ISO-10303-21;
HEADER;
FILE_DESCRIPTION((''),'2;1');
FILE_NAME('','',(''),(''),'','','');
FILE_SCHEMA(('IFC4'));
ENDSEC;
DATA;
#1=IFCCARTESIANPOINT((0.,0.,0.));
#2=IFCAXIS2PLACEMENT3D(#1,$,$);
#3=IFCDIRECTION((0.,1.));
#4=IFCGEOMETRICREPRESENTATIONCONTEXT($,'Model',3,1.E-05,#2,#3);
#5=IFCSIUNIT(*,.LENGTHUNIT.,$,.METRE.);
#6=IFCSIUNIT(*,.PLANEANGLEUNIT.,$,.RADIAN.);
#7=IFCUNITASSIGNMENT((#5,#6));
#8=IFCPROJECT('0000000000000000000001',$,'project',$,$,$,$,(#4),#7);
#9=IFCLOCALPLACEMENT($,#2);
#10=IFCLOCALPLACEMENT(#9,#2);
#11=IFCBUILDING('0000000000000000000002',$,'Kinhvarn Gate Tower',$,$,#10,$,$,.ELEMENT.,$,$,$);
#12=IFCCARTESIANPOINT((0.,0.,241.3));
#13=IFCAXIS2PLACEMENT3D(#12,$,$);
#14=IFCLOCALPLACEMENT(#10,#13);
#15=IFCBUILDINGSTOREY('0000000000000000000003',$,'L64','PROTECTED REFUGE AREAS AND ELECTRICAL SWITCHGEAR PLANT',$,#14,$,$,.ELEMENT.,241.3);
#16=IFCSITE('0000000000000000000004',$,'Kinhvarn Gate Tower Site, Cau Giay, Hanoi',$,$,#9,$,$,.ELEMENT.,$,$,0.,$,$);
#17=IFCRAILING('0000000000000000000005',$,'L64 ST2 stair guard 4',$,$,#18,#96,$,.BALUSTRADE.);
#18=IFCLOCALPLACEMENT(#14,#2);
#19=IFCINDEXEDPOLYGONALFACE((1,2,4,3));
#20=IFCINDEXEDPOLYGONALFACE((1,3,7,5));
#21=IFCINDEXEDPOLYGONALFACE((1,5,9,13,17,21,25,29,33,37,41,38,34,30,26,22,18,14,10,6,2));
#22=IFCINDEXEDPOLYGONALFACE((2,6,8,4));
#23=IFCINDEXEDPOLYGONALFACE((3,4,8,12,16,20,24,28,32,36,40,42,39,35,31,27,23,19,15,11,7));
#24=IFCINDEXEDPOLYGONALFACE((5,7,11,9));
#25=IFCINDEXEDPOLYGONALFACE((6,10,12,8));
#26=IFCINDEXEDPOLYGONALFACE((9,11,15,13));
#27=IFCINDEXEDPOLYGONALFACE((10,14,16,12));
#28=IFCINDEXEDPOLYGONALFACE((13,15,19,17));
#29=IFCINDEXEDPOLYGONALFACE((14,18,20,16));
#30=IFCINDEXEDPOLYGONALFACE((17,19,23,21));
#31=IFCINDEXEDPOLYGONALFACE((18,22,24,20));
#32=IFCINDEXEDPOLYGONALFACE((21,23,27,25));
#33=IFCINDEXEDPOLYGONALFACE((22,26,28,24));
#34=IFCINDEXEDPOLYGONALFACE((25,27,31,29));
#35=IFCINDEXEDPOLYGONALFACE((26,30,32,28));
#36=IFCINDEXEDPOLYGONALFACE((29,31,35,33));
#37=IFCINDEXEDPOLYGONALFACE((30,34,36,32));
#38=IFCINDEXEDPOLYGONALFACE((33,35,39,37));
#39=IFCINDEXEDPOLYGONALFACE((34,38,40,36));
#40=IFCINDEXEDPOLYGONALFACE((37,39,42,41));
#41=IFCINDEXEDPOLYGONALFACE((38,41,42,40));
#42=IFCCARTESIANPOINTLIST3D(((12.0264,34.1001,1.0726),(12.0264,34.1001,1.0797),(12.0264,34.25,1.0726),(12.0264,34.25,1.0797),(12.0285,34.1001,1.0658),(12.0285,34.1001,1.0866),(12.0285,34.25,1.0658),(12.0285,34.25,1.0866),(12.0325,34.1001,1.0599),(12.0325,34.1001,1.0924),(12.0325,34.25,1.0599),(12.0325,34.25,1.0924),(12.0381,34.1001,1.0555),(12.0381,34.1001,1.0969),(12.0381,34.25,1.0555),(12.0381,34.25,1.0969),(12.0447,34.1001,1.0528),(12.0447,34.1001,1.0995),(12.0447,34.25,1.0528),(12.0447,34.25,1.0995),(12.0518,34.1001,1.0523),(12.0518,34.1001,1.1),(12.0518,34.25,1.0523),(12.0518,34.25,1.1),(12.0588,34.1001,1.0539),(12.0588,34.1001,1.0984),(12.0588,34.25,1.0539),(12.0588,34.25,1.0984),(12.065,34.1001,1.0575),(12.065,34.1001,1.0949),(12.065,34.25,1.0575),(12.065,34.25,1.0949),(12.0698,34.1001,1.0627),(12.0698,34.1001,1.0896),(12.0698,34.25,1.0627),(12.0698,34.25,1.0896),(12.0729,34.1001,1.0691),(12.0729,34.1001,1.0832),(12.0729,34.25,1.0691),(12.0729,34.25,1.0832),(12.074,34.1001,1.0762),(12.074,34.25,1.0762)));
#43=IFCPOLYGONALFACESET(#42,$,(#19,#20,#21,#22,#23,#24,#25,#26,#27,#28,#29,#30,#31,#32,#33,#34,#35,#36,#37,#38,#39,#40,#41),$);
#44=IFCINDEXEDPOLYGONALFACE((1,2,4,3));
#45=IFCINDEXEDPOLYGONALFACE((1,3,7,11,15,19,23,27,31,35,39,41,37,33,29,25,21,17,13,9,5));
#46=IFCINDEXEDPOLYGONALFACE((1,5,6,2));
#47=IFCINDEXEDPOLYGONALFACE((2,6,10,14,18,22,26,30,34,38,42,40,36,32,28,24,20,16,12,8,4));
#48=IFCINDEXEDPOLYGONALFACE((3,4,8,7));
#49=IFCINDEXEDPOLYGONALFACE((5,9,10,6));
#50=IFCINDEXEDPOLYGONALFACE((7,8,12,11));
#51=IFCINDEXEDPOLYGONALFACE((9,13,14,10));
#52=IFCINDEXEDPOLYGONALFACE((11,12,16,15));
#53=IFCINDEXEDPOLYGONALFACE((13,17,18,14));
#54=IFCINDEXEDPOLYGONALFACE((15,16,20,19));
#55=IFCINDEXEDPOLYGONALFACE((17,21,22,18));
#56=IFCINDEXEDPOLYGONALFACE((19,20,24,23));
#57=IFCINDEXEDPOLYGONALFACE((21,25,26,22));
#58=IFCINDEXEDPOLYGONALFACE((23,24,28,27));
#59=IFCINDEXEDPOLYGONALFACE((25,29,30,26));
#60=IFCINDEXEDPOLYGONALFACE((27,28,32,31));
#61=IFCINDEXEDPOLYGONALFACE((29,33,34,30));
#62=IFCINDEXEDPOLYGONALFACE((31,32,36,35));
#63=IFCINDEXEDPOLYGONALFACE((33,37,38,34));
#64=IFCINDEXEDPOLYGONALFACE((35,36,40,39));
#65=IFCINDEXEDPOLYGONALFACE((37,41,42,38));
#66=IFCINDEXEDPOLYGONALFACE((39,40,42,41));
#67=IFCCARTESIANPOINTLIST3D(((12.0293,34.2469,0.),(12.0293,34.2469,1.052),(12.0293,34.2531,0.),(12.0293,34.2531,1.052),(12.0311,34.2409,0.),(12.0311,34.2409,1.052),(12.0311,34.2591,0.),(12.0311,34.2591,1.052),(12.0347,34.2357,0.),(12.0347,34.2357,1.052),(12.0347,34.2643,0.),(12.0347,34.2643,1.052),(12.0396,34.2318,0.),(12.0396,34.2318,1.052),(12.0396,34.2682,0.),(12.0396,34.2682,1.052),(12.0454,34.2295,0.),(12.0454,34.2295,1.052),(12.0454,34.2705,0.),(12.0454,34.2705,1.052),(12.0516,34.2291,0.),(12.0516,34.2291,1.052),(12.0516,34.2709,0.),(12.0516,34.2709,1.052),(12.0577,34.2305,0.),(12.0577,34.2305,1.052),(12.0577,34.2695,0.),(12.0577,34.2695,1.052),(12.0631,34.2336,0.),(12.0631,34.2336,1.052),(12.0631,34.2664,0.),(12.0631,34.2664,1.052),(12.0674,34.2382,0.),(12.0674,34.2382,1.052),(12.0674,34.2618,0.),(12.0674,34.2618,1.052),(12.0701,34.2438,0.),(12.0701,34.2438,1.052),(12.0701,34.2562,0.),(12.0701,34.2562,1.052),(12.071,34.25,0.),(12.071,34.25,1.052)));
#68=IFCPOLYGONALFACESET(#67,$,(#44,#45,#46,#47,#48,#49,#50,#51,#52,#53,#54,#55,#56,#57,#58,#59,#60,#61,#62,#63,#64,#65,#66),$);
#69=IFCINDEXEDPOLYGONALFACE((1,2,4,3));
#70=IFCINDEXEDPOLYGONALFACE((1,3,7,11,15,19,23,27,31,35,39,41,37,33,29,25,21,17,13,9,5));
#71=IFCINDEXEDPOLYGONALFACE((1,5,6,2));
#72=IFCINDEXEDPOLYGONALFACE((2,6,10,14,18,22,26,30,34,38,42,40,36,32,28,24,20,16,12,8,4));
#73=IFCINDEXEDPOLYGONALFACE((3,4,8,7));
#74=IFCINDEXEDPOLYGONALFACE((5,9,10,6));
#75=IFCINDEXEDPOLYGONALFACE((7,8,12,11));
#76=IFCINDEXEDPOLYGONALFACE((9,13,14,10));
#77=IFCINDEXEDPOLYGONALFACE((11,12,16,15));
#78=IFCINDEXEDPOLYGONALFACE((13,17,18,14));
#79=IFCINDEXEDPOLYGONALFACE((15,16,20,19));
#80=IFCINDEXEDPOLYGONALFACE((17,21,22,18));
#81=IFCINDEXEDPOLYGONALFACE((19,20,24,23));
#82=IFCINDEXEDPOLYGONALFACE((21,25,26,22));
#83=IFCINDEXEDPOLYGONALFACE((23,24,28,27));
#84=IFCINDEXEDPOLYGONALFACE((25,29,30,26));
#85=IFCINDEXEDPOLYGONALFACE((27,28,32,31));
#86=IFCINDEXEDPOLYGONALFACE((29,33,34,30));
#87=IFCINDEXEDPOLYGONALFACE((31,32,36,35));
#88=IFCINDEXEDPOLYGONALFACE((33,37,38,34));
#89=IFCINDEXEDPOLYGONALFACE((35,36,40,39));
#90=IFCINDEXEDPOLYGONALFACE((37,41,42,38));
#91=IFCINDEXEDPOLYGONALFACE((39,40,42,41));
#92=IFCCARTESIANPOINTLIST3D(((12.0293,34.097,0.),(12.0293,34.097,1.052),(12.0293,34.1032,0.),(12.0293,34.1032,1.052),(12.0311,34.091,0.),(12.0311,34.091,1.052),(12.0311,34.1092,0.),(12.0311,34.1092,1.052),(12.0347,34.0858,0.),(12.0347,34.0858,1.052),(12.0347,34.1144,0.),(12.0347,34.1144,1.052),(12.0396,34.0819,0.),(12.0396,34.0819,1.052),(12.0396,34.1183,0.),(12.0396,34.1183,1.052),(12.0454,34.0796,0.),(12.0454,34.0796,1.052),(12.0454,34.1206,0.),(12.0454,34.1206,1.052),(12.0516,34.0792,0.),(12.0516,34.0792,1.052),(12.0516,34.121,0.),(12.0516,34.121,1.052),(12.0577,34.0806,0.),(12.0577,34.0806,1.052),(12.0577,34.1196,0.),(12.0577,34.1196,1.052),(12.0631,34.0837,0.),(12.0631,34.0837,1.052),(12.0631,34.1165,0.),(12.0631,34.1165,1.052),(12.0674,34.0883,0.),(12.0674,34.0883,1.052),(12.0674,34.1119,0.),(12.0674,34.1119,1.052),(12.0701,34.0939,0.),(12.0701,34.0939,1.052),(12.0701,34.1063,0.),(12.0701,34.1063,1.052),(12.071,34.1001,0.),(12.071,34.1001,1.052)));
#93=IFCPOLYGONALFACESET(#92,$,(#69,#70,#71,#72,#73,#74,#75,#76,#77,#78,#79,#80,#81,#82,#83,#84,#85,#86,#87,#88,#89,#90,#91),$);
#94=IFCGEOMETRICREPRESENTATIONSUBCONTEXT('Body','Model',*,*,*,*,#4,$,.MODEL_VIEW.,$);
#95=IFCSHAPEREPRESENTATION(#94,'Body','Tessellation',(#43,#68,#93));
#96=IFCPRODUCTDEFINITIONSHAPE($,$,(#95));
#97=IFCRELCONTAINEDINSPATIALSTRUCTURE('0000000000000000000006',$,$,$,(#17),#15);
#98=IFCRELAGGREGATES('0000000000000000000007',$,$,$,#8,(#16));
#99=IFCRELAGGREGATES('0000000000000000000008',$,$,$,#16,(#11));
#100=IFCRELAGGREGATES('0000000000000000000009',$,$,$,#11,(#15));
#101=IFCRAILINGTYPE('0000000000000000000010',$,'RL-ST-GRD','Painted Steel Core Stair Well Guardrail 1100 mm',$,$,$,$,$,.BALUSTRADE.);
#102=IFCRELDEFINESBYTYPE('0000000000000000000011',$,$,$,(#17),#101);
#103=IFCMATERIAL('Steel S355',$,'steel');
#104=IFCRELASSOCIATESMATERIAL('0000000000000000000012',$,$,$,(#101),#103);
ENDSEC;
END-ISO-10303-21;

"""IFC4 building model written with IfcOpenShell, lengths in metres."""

from ifc_helpers import new_model, si_unit, direction, frame, origin, origin_2d, place, context, subcontext, project, spatial, circle, extrude, material, type_object, element, save


model = new_model("IFC4")

# Units and contexts
model_context = context("Model", 3, precision=1e-05, world=origin(), true_north=direction((0.0, 1.0)))
body_context = subcontext(model_context, "Body", "Model", "MODEL_VIEW")
ifc_project = project(units=[si_unit("LENGTHUNIT", "METRE"), si_unit("PLANEANGLEUNIT", "RADIAN")], contexts=[model_context])

# Site, building, storey
site_placement = place(None, origin())
site = spatial("IfcSite", under=ifc_project, at=site_placement, Name="Kinhvarn Gate Tower Site, Cau Giay, Hanoi", CompositionType="ELEMENT", RefElevation=0.0)
building_placement = place(site_placement, origin())
building = spatial("IfcBuilding", under=site, at=building_placement, Name="Kinhvarn Gate Tower", CompositionType="ELEMENT")
storey_placement = place(building_placement, frame((0.0, 0.0, 241.3)))
storey = spatial("IfcBuildingStorey", under=building, at=storey_placement, Name="L64", Description="PROTECTED REFUGE AREAS AND ELECTRICAL SWITCHGEAR PLANT", CompositionType="ELEMENT", Elevation=241.3)

# Shared definitions
ifc_material_1 = material(Name="Steel S355", Category="steel")

# Railing
railing_type_1 = type_object("IfcRailingType", Name="RL-ST-GRD", Description="Painted Steel Core Stair Well Guardrail 1100 mm", PredefinedType="BALUSTRADE", material=ifc_material_1)
railing_1_placement = place(storey_placement, frame((12.05, 34.25, 0.0)))
element("IfcRailing", 1, at=railing_1_placement, inside=storey, type_object=railing_type_1, Name="L64 ST2 stair guard 4", PredefinedType="BALUSTRADE", context=body_context, shape_type="SweptSolid", body=[
    extrude(circle(Radius=0.0239, at=origin_2d()), frame((0.0, 0.0, 1.0762), z_axis=(0.0, -1.0, 0.0), x_axis=(1.0, 0.0, 0.0)), (0.0, 0.0, 1.0), 0.1499),
    extrude(circle(Radius=0.021, at=origin_2d()), origin(), (0.0, 0.0, 1.0), 1.052),
    extrude(circle(Radius=0.021, at=origin_2d()), frame((0.0, -0.1499, 0.0)), (0.0, 0.0, 1.0), 1.052),
])

save(model, "model.ifc")
